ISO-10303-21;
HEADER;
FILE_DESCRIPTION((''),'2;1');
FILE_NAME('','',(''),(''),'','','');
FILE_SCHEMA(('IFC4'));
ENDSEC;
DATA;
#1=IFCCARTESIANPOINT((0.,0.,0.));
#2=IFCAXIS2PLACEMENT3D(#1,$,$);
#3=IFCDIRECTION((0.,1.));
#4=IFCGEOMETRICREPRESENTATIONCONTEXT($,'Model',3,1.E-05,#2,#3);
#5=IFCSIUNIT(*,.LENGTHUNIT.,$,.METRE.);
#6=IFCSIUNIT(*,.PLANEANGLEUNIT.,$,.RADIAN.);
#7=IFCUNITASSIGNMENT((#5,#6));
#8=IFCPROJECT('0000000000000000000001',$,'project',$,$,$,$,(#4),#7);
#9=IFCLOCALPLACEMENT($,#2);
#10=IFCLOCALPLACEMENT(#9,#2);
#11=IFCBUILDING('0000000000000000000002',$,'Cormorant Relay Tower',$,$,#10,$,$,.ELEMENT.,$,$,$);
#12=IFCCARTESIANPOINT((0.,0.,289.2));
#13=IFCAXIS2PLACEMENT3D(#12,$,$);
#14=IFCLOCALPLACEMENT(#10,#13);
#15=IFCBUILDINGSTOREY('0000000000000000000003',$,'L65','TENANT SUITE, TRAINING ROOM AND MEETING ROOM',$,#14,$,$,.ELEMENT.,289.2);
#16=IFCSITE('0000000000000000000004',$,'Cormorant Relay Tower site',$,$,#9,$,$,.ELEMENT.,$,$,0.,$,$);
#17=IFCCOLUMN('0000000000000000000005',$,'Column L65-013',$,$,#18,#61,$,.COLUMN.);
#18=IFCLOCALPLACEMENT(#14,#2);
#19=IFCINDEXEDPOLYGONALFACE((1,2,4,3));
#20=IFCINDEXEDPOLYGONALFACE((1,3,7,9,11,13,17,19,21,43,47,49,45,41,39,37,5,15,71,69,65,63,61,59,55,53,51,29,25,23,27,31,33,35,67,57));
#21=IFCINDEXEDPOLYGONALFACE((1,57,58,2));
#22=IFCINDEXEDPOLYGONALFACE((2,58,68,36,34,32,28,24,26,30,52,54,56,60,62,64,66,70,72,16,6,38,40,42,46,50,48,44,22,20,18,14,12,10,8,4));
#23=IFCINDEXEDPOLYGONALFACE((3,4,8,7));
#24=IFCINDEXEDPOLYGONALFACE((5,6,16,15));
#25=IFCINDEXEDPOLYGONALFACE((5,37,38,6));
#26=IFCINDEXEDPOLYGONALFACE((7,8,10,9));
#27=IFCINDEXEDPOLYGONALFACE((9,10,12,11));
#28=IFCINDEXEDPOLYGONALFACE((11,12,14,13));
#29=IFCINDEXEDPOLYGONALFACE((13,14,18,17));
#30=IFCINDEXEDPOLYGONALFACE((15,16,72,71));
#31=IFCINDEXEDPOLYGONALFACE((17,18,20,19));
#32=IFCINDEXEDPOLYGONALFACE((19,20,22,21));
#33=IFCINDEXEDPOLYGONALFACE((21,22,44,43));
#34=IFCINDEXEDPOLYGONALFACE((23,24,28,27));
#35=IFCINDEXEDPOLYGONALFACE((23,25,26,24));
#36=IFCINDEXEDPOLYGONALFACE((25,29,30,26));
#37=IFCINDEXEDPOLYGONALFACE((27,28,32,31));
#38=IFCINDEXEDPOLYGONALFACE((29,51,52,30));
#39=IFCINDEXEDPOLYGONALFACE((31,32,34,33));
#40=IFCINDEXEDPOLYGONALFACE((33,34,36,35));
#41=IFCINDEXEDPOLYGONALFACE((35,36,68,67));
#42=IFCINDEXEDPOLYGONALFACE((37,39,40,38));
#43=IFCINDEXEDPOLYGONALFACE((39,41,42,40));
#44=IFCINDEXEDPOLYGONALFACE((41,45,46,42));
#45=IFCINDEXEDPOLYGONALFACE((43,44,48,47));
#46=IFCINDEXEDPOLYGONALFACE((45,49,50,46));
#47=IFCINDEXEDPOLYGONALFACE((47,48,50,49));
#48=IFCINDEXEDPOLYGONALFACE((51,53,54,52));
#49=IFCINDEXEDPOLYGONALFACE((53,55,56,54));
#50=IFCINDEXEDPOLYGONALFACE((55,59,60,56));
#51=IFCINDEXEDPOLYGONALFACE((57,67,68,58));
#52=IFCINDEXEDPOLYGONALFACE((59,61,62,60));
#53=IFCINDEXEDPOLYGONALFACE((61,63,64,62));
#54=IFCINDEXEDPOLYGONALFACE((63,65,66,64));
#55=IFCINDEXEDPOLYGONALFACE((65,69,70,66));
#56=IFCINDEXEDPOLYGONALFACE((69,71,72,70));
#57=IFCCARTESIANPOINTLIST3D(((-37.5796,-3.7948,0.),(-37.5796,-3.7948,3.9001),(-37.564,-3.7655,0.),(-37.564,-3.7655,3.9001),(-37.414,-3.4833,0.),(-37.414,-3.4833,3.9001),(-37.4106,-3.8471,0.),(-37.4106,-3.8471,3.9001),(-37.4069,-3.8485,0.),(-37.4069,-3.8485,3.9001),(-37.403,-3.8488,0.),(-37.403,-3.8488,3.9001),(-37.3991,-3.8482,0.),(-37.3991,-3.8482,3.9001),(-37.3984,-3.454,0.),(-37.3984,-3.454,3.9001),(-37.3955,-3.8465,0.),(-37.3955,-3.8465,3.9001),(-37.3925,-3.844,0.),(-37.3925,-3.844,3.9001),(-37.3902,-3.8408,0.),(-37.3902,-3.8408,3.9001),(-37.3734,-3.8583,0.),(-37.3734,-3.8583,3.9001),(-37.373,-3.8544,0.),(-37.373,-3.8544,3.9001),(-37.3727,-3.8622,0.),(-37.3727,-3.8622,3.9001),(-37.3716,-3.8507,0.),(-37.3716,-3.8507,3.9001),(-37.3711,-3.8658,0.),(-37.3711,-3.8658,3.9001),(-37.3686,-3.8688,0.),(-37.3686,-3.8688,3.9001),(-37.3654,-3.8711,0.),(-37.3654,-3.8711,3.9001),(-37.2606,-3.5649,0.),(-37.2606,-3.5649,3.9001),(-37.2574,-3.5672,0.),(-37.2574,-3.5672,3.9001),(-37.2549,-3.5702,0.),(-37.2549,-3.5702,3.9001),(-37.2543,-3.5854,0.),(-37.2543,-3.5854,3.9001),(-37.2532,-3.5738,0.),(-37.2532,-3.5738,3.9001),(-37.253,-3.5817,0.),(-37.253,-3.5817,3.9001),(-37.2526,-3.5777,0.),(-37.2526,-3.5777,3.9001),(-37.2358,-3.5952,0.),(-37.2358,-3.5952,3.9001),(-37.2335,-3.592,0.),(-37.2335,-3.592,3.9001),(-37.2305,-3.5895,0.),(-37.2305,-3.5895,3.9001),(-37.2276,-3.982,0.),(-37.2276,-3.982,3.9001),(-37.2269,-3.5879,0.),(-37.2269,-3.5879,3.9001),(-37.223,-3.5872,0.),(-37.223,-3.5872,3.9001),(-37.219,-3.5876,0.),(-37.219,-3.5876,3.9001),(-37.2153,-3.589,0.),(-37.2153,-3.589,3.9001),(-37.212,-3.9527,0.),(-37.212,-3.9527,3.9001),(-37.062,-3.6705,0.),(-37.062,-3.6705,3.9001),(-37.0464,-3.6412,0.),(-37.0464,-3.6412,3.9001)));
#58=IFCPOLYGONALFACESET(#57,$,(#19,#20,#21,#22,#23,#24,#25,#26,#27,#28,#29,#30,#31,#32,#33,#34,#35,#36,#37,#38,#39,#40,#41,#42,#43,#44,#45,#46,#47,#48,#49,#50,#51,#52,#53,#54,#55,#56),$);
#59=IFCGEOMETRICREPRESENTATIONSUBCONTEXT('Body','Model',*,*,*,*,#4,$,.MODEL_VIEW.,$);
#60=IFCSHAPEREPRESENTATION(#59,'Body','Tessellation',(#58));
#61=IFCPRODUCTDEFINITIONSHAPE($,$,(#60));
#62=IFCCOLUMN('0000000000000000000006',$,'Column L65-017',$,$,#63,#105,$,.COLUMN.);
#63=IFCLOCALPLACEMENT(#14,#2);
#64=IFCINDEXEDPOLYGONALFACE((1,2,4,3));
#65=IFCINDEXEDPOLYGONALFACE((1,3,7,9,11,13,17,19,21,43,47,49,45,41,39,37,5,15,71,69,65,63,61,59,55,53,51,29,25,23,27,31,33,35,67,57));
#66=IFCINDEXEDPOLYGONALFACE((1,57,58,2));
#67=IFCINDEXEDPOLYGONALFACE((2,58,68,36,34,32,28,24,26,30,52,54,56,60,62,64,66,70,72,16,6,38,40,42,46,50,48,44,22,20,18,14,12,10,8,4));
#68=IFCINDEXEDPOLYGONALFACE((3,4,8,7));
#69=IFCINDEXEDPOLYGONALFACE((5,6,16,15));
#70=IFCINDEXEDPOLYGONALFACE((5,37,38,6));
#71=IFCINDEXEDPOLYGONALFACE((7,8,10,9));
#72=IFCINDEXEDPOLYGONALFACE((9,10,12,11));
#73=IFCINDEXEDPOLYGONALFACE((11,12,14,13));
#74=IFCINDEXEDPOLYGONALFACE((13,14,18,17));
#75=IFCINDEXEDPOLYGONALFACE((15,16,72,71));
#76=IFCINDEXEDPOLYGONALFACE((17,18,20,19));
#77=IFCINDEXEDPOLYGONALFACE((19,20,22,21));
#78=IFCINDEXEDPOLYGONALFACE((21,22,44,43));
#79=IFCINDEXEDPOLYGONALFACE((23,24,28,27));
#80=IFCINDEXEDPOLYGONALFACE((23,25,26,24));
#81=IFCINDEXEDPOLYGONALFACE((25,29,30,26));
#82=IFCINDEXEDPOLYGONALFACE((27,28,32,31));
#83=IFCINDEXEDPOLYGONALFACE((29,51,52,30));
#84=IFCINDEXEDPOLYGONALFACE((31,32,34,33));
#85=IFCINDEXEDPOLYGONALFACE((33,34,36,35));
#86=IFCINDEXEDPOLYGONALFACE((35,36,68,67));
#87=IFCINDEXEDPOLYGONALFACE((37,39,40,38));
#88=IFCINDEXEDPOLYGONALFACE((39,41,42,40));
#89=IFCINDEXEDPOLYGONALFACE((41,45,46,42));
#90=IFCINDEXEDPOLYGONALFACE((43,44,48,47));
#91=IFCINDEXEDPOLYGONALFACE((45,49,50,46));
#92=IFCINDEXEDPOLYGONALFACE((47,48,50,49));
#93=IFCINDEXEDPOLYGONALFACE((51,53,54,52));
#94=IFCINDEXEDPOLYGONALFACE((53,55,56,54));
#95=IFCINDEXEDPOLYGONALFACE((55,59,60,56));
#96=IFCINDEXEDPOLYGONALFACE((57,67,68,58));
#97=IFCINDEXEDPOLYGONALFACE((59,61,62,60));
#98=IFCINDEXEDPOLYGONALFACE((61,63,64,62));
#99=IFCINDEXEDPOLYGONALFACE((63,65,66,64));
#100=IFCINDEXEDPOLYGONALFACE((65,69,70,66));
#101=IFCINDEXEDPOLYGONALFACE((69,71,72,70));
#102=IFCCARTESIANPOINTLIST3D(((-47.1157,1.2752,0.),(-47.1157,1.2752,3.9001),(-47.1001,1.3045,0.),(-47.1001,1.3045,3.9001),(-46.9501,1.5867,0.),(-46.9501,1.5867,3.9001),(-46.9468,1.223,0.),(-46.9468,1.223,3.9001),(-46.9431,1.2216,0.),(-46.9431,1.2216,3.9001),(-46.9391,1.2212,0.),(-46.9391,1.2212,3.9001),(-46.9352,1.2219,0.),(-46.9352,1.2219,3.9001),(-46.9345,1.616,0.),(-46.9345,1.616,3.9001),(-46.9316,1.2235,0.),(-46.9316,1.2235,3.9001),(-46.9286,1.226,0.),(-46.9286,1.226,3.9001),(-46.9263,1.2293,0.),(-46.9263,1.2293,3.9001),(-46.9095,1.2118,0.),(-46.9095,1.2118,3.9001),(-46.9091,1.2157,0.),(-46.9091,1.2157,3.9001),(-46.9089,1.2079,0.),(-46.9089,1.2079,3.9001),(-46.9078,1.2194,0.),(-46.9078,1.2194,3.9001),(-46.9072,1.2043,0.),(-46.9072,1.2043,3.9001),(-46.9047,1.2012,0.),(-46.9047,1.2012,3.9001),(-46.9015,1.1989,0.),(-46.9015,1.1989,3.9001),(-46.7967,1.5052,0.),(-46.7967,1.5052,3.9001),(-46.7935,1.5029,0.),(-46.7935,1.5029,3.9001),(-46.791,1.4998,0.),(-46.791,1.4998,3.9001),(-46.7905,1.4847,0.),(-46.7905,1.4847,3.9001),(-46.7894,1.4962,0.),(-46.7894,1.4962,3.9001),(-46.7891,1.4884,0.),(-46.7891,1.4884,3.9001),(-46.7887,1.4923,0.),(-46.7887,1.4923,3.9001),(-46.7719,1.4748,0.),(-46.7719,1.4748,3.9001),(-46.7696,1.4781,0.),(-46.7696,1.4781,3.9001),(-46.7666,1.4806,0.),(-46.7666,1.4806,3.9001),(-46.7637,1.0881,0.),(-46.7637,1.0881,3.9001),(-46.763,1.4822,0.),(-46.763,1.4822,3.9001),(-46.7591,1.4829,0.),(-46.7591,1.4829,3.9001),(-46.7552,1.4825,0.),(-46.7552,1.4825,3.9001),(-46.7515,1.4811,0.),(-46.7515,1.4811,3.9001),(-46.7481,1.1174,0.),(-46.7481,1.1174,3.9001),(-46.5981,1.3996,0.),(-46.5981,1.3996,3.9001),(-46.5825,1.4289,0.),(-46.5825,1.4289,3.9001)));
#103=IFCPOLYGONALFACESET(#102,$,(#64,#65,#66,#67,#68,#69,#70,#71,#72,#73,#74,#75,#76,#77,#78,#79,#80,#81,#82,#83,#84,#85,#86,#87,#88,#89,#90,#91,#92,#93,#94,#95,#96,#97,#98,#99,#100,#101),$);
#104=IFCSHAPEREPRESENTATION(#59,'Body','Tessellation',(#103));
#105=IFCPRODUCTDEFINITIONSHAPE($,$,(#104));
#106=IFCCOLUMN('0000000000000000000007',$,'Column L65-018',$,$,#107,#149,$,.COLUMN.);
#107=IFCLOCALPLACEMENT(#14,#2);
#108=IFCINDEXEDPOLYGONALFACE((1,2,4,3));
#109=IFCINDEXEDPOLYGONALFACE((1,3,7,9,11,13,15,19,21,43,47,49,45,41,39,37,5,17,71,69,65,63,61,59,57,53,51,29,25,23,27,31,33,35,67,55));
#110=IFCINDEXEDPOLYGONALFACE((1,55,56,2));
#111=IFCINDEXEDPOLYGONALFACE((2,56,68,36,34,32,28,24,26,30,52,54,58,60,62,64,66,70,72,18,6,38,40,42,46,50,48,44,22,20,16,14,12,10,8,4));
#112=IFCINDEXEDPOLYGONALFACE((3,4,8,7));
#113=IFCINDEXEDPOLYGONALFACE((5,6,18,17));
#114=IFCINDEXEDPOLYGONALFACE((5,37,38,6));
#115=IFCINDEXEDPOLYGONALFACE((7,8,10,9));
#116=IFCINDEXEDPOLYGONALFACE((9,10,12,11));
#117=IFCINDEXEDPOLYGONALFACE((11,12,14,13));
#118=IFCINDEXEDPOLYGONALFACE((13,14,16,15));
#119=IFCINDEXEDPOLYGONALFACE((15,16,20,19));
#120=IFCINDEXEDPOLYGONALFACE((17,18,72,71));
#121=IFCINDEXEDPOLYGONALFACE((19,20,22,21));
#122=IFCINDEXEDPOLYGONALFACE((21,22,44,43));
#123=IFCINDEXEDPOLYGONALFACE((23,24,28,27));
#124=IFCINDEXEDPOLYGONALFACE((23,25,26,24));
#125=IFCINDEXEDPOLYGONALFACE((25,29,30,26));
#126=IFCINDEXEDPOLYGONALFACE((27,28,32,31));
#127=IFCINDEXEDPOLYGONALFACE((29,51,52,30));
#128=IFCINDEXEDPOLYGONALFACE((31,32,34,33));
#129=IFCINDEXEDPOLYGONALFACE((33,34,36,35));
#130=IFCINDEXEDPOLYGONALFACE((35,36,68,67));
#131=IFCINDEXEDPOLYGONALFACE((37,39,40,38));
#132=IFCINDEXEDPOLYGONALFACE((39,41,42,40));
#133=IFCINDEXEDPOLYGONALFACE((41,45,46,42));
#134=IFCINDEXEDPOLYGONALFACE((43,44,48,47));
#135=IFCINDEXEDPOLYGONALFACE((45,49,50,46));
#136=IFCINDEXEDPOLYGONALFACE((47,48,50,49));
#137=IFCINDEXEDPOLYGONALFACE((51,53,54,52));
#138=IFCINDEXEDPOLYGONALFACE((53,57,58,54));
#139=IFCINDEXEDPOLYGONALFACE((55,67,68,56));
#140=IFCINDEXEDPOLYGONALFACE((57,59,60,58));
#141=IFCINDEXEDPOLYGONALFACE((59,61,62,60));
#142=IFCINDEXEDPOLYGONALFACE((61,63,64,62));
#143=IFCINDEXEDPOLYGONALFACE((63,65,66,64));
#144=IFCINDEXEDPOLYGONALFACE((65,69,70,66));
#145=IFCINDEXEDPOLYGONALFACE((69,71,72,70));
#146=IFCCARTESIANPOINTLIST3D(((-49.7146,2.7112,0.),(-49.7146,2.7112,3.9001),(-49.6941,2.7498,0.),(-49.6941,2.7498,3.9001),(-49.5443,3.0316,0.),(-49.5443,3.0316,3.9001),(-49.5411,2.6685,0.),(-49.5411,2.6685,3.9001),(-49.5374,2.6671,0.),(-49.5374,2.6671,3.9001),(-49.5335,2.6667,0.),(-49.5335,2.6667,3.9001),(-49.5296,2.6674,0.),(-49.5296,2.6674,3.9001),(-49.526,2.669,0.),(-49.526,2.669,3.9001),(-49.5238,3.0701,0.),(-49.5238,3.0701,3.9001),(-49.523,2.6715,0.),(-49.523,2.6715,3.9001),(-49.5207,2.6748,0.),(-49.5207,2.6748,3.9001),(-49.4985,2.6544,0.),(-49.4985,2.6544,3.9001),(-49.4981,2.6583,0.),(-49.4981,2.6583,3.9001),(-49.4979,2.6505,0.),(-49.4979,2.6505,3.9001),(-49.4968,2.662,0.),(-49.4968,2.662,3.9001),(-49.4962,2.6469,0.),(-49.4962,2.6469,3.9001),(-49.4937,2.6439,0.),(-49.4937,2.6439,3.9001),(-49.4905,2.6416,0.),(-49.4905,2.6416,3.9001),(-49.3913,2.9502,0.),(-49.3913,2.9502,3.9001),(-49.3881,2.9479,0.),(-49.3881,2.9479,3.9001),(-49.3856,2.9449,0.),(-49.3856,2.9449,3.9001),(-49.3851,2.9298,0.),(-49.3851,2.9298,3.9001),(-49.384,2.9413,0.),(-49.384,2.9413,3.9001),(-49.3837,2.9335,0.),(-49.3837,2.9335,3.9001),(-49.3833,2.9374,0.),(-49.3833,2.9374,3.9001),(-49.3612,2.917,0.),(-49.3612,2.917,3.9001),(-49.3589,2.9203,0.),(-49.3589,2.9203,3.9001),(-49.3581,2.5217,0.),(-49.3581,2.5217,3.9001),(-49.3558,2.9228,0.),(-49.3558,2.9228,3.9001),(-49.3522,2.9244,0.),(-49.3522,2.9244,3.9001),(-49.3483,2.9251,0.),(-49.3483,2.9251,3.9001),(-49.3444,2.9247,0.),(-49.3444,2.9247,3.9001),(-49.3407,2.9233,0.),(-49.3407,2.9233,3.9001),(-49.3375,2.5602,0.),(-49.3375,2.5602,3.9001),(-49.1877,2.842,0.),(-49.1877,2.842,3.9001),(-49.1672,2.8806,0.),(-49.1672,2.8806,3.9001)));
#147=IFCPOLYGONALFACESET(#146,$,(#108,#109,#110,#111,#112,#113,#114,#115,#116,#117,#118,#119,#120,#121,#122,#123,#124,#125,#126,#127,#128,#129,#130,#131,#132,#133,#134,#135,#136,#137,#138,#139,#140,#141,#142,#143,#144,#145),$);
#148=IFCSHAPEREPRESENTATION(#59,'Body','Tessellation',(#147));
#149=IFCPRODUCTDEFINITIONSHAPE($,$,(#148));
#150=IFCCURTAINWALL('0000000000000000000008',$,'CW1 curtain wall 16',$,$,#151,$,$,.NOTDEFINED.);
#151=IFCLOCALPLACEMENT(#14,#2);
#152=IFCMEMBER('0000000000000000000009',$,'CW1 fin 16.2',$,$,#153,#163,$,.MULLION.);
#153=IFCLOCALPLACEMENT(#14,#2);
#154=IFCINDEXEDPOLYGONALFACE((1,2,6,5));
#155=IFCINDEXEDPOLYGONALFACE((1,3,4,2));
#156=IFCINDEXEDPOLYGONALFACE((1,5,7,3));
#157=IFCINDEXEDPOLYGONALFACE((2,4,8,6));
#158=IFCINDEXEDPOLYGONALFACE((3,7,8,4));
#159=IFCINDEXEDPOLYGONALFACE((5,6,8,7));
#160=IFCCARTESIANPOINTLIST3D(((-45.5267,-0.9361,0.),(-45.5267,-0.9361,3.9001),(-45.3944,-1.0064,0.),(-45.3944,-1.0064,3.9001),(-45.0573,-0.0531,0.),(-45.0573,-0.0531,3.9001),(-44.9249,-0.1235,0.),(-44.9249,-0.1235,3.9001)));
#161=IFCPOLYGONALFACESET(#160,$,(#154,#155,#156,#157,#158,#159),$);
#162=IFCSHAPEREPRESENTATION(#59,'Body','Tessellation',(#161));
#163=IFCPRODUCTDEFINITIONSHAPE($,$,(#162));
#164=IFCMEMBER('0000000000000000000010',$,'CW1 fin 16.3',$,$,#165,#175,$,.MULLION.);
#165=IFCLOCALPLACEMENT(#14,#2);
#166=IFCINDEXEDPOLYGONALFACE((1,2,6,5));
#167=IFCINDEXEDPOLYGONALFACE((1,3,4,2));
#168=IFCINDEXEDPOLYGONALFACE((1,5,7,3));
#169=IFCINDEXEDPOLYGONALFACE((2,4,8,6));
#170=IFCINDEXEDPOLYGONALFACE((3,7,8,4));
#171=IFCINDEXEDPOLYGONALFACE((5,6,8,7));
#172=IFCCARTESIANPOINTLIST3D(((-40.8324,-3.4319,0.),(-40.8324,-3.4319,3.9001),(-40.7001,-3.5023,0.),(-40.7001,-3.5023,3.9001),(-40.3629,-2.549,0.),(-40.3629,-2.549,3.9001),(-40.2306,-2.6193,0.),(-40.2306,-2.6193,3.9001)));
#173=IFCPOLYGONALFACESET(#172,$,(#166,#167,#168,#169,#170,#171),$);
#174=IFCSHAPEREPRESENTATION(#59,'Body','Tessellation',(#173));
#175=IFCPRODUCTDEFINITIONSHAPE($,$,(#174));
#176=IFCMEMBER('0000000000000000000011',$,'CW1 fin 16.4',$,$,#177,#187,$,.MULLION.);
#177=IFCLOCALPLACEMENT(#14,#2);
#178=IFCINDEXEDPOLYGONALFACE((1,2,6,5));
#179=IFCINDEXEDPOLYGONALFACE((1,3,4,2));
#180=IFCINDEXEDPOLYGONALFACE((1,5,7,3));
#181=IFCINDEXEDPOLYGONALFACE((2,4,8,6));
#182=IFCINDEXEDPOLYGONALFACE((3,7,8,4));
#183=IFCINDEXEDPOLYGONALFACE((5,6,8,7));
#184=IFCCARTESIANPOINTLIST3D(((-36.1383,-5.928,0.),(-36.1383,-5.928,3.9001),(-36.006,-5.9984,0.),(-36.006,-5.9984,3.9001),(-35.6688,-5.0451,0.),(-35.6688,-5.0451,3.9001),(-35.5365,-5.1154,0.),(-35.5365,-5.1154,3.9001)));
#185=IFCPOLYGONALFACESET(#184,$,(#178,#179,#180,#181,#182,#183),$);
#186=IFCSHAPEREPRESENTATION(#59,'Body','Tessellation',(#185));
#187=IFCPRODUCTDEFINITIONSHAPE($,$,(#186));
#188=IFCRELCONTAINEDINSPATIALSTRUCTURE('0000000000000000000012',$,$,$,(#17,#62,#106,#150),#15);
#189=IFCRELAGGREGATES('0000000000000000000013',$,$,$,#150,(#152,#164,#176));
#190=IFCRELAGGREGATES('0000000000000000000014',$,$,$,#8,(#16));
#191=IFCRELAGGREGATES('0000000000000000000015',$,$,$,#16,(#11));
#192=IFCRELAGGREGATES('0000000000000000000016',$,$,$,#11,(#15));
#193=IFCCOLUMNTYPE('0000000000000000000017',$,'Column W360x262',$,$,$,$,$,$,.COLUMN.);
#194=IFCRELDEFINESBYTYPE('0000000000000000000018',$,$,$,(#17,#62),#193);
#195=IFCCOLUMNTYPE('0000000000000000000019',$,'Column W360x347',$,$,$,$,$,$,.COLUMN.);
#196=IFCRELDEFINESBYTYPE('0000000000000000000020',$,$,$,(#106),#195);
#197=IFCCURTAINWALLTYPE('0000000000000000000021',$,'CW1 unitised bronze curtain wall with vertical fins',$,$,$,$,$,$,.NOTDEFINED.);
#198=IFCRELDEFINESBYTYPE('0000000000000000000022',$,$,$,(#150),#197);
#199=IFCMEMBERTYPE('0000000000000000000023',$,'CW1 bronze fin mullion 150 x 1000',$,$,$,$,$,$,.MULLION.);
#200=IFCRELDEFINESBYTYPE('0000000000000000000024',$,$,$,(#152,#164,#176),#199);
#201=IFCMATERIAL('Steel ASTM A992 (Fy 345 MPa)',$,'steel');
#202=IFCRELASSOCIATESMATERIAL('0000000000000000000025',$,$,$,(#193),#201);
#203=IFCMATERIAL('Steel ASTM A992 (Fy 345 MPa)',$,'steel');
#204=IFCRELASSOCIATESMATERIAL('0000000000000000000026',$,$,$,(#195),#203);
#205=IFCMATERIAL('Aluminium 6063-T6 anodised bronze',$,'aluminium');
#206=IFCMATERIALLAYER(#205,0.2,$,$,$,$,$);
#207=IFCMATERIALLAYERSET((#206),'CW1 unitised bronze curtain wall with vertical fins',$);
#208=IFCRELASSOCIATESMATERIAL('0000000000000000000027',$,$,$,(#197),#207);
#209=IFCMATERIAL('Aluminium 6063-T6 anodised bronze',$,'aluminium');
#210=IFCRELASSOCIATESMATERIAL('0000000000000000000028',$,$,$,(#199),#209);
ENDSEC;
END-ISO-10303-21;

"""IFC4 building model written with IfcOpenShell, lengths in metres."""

from ifc_helpers import new_model, si_unit, direction, frame, origin, origin_2d, place, context, subcontext, project, spatial, rectangle, i_section, extrude, material, layer, layer_set, material_profile, profile_set, type_object, element, aggregate, save


model = new_model("IFC4")

# Units and contexts
model_context = context("Model", 3, precision=1e-05, world=origin(), true_north=direction((0.0, 1.0)))
body_context = subcontext(model_context, "Body", "Model", "MODEL_VIEW")
ifc_project = project(units=[si_unit("LENGTHUNIT", "METRE"), si_unit("PLANEANGLEUNIT", "RADIAN")], contexts=[model_context])

# Site, building, storey
site_placement = place(None, origin())
site = spatial("IfcSite", under=ifc_project, at=site_placement, Name="Cormorant Relay Tower site", CompositionType="ELEMENT", RefElevation=0.0)
building_placement = place(site_placement, origin())
building = spatial("IfcBuilding", under=site, at=building_placement, Name="Cormorant Relay Tower", CompositionType="ELEMENT")
storey_placement = place(building_placement, frame((0.0, 0.0, 289.2)))
storey = spatial("IfcBuildingStorey", under=building, at=storey_placement, Name="L65", Description="TENANT SUITE, TRAINING ROOM AND MEETING ROOM", CompositionType="ELEMENT", Elevation=289.2)

# Columns
ifc_material_1 = material(Name="Steel ASTM A992 (Fy 345 MPa)", Category="steel")
ifc_material_profile_1 = material_profile(ifc_material_1, i_section(OverallWidth=0.3987, OverallDepth=0.386, WebThickness=0.021, FlangeThickness=0.0332, FilletRadius=0.0151, at=origin_2d()), Name="W360x262")
ifc_profile_set_1 = profile_set([ifc_material_profile_1], Name="Steel ASTM A992 (Fy 345 MPa)")
column_type_1 = type_object("IfcColumnType", Name="Column W360x262", PredefinedType="COLUMN", material=ifc_profile_set_1)
for number, where, z_axis, x_axis, name in (
    (1, (-37.313, -3.718, 0.0), (0.0, 0.0, 1.0), (0.882948, -0.469472, 0.0), "Column L65-013"),
    (2, (-46.8491, 1.3521, 0.0), (0.0, 0.0, 1.0), (0.882948, -0.469472, 0.0), "Column L65-017"),
):
    element("IfcColumn", number, at=place(storey_placement, frame(where, z_axis=z_axis, x_axis=x_axis)), inside=storey, type_object=column_type_1, Name=name, PredefinedType="COLUMN", context=body_context, shape_type="SweptSolid", body=[
        extrude(i_section(OverallWidth=0.3987, OverallDepth=0.386, WebThickness=0.021, FlangeThickness=0.0332, FilletRadius=0.0151, at=origin_2d()), origin(), (0.0, 0.0, 1.0), 3.9001),
    ])
ifc_material_2 = material(Name="Steel ASTM A992 (Fy 345 MPa)", Category="steel")
ifc_material_profile_2 = material_profile(ifc_material_2, i_section(OverallWidth=0.4038, OverallDepth=0.4065, WebThickness=0.0271, FlangeThickness=0.0437, FilletRadius=0.0151, at=origin_2d()), Name="W360x347")
ifc_profile_set_2 = profile_set([ifc_material_profile_2], Name="Steel ASTM A992 (Fy 345 MPa)")
column_type_2 = type_object("IfcColumnType", Name="Column W360x347", PredefinedType="COLUMN", material=ifc_profile_set_2)
column_placement = place(storey_placement, frame((-49.4409, 2.7959, 0.0), z_axis=(0.0, 0.0, 1.0), x_axis=(0.882948, -0.469472, 0.0)))
element("IfcColumn", 3, at=column_placement, inside=storey, type_object=column_type_2, Name="Column L65-018", PredefinedType="COLUMN", context=body_context, shape_type="SweptSolid", body=[
    extrude(i_section(OverallWidth=0.4038, OverallDepth=0.4065, WebThickness=0.0271, FlangeThickness=0.0437, FilletRadius=0.0151, at=origin_2d()), origin(), (0.0, 0.0, 1.0), 3.9001),
])

# Curtain wall, members
ifc_material_3 = material(Name="Aluminium 6063-T6 anodised bronze", Category="aluminium")
ifc_layer_1 = layer(ifc_material_3, 0.2)
ifc_layer_set_1 = layer_set([ifc_layer_1], Name="CW1 unitised bronze curtain wall with vertical fins")
curtain_wall_type = type_object("IfcCurtainWallType", Name="CW1 unitised bronze curtain wall with vertical fins", PredefinedType="NOTDEFINED", material=ifc_layer_set_1)
curtain_wall_placement = place(storey_placement, origin())
curtain_wall = element("IfcCurtainWall", 4, at=curtain_wall_placement, inside=storey, type_object=curtain_wall_type, Name="CW1 curtain wall 16", PredefinedType="NOTDEFINED")
ifc_material_4 = material(Name="Aluminium 6063-T6 anodised bronze", Category="aluminium")
ifc_material_profile_3 = material_profile(ifc_material_4, rectangle(XDim=0.1499, YDim=1.0, at=origin_2d()), Name="AL 150x1000")
ifc_profile_set_3 = profile_set([ifc_material_profile_3], Name="Aluminium 6063-T6 anodised bronze")
member_type = type_object("IfcMemberType", Name="CW1 bronze fin mullion 150 x 1000", PredefinedType="MULLION", material=ifc_profile_set_3)
member_1_placement = place(storey_placement, frame((-45.2258, -0.5298, 0.0), z_axis=(0.0, 0.0, 1.0), x_axis=(0.882948, -0.469472, 0.0)))
member_1 = element("IfcMember", 5, at=member_1_placement, type_object=member_type, Name="CW1 fin 16.2", PredefinedType="MULLION", context=body_context, shape_type="SweptSolid", body=[
    extrude(rectangle(XDim=0.1499, YDim=1.0, at=origin_2d()), origin(), (0.0, 0.0, 1.0), 3.9001),
])
member_2_placement = place(storey_placement, frame((-40.5315, -3.0256, 0.0), z_axis=(0.0, 0.0, 1.0), x_axis=(0.882948, -0.469472, 0.0)))
member_2 = element("IfcMember", 6, at=member_2_placement, type_object=member_type, Name="CW1 fin 16.3", PredefinedType="MULLION", context=body_context, shape_type="SweptSolid", body=[
    extrude(rectangle(XDim=0.1499, YDim=1.0, at=origin_2d()), origin(), (0.0, 0.0, 1.0), 3.9001),
])
member_3_placement = place(storey_placement, frame((-35.8374, -5.5217, 0.0), z_axis=(0.0, 0.0, 1.0), x_axis=(0.882948, -0.469472, 0.0)))
member_3 = element("IfcMember", 7, at=member_3_placement, type_object=member_type, Name="CW1 fin 16.4", PredefinedType="MULLION", context=body_context, shape_type="SweptSolid", body=[
    extrude(rectangle(XDim=0.1499, YDim=1.0, at=origin_2d()), origin(), (0.0, 0.0, 1.0), 3.9001),
])

aggregate(curtain_wall, [member_1, member_2, member_3])

save(model, "model.ifc")
